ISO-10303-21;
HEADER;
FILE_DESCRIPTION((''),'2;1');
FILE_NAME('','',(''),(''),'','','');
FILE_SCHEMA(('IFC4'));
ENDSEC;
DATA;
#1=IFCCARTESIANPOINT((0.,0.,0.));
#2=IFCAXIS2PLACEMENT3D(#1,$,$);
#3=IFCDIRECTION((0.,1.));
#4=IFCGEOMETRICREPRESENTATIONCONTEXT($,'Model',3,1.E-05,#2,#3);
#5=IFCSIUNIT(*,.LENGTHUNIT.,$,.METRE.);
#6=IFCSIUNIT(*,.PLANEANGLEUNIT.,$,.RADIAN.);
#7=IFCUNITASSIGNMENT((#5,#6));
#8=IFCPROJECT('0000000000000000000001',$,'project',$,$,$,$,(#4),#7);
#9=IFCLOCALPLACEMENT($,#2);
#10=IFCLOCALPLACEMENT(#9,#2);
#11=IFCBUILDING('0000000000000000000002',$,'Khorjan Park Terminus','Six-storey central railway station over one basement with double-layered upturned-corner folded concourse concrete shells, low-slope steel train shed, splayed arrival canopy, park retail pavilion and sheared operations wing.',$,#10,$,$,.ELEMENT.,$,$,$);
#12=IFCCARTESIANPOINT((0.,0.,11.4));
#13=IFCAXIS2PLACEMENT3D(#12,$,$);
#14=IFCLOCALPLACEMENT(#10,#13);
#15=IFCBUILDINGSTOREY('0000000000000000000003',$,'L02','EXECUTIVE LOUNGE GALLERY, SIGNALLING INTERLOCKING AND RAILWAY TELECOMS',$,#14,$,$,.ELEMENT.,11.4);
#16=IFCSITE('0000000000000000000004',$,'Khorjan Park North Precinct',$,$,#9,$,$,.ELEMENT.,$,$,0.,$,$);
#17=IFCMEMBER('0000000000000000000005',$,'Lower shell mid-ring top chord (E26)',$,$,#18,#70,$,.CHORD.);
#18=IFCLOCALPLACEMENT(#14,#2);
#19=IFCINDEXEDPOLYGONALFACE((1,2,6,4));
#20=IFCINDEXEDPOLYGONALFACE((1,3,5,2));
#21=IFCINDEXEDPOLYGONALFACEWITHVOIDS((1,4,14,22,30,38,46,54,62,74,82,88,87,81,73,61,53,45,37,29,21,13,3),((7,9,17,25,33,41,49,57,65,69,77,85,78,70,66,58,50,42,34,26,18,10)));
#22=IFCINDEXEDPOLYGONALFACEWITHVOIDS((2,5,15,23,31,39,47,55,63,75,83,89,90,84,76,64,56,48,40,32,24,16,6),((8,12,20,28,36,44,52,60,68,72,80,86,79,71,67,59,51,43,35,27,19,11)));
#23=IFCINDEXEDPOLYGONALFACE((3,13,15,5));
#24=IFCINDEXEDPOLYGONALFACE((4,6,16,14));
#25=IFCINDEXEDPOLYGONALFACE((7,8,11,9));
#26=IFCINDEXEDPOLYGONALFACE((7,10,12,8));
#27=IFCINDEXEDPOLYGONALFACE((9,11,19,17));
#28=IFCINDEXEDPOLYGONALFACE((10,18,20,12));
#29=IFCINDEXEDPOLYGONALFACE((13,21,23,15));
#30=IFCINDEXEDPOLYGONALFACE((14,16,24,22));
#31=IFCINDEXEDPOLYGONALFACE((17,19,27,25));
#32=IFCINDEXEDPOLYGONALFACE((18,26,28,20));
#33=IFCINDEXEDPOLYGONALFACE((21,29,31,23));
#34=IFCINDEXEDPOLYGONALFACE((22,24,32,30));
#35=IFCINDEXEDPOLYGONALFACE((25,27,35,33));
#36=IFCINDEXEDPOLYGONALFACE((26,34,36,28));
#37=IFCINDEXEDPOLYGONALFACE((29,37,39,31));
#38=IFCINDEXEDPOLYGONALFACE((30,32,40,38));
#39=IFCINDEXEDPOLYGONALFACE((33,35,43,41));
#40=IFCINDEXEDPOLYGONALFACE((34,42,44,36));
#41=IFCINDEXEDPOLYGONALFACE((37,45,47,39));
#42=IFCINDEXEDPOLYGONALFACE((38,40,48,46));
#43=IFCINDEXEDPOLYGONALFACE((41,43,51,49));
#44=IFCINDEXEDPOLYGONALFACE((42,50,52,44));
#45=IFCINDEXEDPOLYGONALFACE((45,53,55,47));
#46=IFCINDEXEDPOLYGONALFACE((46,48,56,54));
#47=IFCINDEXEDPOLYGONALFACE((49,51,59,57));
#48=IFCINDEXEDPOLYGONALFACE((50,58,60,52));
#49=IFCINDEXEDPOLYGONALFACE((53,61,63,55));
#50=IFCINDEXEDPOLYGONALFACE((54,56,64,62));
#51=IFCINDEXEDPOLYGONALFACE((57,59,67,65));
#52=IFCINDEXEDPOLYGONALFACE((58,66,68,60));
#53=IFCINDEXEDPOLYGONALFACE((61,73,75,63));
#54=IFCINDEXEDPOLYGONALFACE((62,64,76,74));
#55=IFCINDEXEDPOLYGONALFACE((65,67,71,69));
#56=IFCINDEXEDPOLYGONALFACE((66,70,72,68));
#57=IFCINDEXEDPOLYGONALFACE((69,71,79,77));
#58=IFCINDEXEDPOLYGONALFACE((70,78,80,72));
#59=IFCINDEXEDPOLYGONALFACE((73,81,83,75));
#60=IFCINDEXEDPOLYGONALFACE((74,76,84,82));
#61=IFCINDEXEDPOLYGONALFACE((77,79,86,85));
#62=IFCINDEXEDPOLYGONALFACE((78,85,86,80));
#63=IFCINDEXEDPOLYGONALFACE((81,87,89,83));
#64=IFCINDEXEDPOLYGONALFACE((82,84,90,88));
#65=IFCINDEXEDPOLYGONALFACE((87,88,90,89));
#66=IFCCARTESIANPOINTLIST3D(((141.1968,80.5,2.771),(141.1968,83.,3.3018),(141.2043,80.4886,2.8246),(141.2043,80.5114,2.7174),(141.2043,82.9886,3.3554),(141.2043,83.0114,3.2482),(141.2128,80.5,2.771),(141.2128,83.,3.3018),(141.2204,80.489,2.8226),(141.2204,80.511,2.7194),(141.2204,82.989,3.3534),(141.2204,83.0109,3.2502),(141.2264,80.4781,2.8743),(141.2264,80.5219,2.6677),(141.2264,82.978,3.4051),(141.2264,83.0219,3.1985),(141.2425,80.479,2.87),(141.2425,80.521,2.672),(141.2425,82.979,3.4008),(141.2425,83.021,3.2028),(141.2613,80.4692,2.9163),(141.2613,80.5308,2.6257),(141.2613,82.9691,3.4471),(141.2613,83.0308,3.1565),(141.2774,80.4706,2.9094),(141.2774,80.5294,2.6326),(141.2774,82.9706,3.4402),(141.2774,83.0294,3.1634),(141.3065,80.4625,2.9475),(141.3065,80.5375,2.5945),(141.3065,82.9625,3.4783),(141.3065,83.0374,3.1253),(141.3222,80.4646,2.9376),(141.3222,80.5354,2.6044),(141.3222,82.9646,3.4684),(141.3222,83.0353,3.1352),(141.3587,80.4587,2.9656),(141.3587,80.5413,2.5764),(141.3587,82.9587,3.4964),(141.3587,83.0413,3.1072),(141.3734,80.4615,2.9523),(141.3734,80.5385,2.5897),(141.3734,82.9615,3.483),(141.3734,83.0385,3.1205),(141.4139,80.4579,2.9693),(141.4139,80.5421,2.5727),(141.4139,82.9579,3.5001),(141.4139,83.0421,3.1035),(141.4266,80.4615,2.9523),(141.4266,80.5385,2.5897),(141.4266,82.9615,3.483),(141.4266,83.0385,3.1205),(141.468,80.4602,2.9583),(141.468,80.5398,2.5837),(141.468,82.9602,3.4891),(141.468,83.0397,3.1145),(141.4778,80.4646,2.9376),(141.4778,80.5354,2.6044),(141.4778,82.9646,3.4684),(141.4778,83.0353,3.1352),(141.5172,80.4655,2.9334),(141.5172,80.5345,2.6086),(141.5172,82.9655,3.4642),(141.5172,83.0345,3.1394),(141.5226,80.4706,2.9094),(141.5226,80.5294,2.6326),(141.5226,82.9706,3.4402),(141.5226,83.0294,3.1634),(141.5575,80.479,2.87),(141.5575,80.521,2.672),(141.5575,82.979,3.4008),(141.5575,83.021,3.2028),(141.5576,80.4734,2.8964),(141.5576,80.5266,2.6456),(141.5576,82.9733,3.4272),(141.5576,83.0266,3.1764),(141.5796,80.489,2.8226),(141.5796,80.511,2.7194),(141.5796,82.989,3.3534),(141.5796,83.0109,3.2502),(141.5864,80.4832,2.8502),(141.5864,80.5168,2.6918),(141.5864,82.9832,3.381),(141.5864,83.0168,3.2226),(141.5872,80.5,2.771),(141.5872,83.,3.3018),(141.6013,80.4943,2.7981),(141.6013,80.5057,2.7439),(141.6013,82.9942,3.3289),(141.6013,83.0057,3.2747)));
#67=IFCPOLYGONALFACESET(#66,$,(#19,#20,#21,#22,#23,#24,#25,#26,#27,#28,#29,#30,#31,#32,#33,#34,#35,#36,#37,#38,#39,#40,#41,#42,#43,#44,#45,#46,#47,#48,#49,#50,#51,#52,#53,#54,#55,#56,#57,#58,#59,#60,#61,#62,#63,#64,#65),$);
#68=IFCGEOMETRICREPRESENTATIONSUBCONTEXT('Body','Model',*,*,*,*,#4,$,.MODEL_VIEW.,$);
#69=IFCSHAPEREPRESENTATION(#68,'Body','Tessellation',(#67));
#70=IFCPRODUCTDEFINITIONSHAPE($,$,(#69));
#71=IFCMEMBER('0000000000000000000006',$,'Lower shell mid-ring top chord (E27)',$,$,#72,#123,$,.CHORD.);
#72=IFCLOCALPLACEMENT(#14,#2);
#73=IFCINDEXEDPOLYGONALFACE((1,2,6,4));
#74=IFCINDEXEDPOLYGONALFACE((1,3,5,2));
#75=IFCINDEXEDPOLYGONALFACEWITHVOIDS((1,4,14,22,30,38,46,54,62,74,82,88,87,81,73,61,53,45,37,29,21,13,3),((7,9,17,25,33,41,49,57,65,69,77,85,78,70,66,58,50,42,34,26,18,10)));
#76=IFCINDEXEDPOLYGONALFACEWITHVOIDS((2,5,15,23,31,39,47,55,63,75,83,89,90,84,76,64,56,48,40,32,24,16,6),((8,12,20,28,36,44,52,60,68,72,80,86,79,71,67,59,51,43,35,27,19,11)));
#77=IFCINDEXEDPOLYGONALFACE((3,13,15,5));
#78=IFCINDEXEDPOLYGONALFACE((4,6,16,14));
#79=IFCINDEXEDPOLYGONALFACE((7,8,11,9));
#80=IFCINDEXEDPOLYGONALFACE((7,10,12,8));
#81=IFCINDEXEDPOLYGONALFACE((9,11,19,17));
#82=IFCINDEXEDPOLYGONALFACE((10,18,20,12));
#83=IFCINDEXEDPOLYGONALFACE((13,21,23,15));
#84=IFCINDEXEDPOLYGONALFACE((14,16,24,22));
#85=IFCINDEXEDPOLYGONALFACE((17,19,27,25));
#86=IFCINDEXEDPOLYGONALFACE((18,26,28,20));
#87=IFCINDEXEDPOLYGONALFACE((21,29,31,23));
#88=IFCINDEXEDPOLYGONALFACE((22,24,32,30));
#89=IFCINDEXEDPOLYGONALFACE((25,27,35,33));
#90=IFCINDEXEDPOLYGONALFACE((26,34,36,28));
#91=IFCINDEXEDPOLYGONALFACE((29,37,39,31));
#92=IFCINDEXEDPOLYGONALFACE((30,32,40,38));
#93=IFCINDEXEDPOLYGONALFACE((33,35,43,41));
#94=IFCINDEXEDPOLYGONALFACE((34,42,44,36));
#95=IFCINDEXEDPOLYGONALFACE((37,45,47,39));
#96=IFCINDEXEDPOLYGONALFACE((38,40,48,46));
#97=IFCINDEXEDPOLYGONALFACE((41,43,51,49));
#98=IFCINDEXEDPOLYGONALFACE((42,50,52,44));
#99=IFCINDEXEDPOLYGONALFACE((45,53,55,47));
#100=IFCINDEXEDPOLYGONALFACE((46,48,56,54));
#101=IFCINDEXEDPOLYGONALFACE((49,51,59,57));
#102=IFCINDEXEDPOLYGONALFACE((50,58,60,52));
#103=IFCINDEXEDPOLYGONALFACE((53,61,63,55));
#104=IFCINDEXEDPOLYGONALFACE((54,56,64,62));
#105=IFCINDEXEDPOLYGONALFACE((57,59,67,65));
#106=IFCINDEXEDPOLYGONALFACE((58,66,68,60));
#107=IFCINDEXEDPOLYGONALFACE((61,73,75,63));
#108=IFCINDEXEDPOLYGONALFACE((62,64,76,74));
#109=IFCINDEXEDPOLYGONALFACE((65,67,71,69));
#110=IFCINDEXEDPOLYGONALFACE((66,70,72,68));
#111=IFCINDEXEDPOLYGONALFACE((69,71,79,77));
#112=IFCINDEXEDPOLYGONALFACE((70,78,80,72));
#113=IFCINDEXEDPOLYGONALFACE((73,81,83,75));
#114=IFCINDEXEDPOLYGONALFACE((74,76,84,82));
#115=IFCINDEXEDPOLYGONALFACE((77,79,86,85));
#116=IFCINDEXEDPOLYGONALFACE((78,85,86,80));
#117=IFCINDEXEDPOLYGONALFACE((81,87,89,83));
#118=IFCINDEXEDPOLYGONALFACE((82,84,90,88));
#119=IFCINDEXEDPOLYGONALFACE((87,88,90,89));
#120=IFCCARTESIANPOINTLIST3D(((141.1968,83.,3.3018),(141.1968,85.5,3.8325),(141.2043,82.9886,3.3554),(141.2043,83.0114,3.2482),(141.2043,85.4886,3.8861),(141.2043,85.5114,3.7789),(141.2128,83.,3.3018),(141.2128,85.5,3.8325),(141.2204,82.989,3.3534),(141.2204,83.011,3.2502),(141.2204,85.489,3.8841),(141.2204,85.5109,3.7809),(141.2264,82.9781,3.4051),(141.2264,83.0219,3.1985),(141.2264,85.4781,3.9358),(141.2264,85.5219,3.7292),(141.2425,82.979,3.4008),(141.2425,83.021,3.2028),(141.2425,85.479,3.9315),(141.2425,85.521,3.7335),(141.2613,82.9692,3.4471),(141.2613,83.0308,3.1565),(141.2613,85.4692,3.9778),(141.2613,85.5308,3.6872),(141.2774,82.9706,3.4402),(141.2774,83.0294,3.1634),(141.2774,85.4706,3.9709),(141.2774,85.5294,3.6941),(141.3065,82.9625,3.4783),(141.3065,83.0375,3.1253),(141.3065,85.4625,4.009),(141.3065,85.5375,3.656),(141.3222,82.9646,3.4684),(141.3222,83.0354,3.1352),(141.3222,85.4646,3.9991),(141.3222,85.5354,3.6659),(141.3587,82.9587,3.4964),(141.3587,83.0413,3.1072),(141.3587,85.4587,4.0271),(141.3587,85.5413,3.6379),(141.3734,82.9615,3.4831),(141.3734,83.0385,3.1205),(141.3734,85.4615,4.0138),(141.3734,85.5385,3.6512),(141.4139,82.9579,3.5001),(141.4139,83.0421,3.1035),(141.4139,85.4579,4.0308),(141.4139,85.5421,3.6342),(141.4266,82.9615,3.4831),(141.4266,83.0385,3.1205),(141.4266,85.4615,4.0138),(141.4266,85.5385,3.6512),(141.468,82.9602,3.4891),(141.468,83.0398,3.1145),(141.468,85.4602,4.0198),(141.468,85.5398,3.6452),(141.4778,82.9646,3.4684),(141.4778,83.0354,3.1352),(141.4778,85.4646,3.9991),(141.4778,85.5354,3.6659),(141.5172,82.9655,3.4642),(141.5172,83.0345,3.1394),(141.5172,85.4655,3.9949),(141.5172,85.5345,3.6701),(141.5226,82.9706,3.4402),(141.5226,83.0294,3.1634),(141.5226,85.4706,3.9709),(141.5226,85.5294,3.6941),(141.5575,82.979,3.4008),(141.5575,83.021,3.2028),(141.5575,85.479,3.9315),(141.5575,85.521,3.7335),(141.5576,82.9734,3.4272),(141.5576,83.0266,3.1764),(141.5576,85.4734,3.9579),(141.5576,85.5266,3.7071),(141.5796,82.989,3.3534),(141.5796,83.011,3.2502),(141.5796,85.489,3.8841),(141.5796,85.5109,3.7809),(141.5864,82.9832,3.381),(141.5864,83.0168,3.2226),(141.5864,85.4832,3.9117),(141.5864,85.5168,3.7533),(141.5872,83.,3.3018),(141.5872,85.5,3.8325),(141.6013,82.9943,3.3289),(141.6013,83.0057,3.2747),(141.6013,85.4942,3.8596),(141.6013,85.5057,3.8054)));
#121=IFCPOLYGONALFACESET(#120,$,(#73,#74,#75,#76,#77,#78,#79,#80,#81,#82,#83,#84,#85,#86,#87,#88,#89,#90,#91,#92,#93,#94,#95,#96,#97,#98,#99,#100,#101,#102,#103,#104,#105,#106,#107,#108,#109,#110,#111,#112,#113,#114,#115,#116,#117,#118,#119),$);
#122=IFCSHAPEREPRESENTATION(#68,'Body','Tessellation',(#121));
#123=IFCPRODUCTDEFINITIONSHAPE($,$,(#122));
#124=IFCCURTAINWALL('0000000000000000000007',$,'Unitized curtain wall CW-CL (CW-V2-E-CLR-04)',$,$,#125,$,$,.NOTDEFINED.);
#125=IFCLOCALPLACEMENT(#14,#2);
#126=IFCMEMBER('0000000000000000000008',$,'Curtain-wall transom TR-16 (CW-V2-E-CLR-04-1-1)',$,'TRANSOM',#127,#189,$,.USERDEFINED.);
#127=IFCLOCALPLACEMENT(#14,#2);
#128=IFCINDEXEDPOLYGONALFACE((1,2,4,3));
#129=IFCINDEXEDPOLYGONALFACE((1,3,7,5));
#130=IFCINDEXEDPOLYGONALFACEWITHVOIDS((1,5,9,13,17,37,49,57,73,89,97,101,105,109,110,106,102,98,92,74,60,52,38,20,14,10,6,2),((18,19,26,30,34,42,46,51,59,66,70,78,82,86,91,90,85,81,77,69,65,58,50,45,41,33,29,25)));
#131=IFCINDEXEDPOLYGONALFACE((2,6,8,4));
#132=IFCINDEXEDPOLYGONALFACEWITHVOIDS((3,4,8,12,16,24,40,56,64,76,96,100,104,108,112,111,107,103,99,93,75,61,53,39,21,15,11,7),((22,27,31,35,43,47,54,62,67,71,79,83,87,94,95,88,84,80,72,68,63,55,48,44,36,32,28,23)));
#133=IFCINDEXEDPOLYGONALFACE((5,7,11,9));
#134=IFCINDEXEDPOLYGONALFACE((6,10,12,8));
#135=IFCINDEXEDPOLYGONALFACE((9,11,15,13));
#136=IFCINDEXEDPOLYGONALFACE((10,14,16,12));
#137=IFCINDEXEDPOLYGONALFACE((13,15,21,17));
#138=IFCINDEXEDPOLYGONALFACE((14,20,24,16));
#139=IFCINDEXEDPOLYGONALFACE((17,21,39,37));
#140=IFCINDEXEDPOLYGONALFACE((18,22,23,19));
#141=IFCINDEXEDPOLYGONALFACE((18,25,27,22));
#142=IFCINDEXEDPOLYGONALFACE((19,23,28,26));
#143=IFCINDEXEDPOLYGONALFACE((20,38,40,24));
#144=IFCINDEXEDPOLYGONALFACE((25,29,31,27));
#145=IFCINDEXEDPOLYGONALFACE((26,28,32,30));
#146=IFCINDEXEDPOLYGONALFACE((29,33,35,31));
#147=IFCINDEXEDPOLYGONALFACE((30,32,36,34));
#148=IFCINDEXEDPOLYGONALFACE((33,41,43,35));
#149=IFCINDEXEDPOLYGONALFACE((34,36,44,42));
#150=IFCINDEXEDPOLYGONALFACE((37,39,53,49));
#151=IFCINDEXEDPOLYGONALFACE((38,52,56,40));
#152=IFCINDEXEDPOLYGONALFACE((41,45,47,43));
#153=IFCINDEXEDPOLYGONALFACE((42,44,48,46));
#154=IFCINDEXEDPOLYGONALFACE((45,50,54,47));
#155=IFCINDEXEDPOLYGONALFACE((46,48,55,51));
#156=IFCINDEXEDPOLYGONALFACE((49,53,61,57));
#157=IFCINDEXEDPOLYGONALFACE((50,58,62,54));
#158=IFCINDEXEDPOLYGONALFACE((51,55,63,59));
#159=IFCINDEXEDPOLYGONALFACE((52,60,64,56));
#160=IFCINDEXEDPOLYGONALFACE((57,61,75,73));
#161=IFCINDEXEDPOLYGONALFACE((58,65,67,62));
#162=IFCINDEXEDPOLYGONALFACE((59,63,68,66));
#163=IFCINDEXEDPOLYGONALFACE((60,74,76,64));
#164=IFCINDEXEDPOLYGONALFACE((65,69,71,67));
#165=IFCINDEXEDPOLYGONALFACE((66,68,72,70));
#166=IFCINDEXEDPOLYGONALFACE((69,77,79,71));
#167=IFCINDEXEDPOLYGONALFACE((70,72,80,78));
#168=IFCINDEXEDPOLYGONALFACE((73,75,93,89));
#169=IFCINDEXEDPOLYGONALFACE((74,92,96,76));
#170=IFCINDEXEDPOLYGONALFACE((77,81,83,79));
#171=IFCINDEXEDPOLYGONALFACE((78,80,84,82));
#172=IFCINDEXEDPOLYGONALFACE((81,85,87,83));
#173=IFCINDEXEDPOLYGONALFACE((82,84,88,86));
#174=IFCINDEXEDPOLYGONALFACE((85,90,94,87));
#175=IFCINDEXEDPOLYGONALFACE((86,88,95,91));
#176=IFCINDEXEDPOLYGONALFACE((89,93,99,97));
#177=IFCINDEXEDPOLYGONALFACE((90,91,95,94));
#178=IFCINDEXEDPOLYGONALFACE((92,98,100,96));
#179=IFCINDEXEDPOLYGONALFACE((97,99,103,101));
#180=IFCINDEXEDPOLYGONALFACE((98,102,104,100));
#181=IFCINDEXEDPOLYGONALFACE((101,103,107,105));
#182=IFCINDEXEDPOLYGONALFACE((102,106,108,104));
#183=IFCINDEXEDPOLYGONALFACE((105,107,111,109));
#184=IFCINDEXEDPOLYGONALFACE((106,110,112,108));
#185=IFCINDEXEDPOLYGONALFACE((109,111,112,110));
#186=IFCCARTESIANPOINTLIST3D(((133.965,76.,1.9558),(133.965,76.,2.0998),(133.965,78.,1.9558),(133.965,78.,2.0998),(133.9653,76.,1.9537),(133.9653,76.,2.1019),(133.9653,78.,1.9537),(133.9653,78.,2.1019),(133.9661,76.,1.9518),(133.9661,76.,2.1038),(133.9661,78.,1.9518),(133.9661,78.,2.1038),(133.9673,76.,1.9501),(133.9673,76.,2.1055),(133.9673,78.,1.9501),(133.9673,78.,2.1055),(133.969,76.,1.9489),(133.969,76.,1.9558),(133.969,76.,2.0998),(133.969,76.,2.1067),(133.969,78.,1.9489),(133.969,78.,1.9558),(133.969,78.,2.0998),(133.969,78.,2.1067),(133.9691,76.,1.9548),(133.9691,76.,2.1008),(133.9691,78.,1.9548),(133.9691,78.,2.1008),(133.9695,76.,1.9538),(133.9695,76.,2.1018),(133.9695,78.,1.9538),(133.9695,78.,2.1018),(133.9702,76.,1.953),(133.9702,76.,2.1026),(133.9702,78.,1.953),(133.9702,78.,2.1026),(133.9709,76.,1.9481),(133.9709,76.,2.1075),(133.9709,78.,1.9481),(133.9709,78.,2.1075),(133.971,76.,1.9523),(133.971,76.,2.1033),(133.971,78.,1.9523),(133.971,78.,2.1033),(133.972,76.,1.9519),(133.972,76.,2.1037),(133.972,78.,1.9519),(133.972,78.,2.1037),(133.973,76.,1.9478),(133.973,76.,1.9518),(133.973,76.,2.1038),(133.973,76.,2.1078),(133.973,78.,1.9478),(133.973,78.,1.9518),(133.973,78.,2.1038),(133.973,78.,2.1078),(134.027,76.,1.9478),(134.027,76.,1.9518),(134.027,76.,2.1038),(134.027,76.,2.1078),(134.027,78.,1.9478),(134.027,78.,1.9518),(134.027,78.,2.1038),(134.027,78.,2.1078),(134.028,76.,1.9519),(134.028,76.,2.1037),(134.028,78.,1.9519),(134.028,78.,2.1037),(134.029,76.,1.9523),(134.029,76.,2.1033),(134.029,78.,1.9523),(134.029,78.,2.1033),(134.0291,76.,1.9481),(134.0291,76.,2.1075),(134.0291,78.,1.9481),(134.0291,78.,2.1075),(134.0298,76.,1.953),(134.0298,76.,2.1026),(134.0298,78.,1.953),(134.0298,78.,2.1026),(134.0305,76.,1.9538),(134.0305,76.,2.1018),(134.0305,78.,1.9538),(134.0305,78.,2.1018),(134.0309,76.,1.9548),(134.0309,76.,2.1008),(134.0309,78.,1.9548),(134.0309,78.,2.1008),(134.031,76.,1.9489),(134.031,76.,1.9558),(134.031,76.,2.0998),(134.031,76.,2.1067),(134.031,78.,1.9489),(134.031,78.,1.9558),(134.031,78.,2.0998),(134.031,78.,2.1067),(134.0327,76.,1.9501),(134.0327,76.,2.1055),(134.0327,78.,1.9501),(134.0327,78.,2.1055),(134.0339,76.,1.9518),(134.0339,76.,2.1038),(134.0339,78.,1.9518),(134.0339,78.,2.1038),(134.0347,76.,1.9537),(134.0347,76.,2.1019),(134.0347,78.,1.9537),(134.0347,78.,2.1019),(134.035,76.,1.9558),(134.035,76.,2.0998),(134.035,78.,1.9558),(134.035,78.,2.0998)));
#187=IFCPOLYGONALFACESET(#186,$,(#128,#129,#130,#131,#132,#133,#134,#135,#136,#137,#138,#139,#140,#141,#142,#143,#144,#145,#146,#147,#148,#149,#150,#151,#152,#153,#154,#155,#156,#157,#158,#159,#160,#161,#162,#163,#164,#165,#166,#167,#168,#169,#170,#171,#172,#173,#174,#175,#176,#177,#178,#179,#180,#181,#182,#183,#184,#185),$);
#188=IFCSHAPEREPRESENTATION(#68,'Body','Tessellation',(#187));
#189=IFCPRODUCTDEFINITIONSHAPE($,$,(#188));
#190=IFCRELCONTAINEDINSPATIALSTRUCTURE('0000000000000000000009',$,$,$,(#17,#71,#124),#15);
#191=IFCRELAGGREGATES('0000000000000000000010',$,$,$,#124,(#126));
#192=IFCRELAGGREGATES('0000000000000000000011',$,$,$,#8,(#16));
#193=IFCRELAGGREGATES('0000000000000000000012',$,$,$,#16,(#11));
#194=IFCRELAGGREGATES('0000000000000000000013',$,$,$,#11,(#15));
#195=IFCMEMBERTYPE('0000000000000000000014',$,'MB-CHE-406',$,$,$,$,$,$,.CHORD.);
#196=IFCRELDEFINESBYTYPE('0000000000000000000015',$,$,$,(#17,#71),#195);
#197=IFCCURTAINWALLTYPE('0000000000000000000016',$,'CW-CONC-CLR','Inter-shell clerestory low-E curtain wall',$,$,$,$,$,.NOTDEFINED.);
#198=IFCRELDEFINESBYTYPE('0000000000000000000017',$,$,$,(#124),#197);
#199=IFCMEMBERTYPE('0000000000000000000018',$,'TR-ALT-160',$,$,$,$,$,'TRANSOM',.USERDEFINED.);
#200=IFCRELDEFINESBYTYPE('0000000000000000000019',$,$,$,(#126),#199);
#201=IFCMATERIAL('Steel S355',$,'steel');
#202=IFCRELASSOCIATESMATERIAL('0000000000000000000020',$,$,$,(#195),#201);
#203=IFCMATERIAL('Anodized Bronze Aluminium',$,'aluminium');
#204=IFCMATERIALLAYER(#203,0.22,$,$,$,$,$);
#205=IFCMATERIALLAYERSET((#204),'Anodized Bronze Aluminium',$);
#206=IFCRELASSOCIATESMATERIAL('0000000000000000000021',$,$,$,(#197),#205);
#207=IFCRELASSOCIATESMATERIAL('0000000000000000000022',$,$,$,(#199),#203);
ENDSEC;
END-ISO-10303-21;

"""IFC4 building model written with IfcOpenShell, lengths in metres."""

from ifc_helpers import new_model, si_unit, direction, frame, origin, origin_2d, place, context, subcontext, project, spatial, hollow_rectangle, hollow_circle, extrude, material, layer, layer_set, material_profile, profile_set, type_object, element, aggregate, save


model = new_model("IFC4")

# Units and contexts
model_context = context("Model", 3, precision=1e-05, world=origin(), true_north=direction((0.0, 1.0)))
body_context = subcontext(model_context, "Body", "Model", "MODEL_VIEW")
ifc_project = project(units=[si_unit("LENGTHUNIT", "METRE"), si_unit("PLANEANGLEUNIT", "RADIAN")], contexts=[model_context])

# Site, building, storey
site_placement = place(None, origin())
site = spatial("IfcSite", under=ifc_project, at=site_placement, Name="Khorjan Park North Precinct", CompositionType="ELEMENT", RefElevation=0.0)
building_placement = place(site_placement, origin())
building = spatial("IfcBuilding", under=site, at=building_placement, Name="Khorjan Park Terminus", Description="Six-storey central railway station over one basement with double-layered upturned-corner folded concourse concrete shells, low-slope steel train shed, splayed arrival canopy, park retail pavilion and sheared operations wing.", CompositionType="ELEMENT")
storey_placement = place(building_placement, frame((0.0, 0.0, 11.4)))
storey = spatial("IfcBuildingStorey", under=building, at=storey_placement, Name="L02", Description="EXECUTIVE LOUNGE GALLERY, SIGNALLING INTERLOCKING AND RAILWAY TELECOMS", CompositionType="ELEMENT", Elevation=11.4)

# Members
ifc_material_1 = material(Name="Steel S355", Category="steel")
ifc_material_profile_1 = material_profile(ifc_material_1, hollow_circle(Radius=0.2032, WallThickness=0.016, at=origin_2d()), Name="CHS 406.4x16")
ifc_profile_set_1 = profile_set([ifc_material_profile_1], Name="Steel S355")
member_type_1 = type_object("IfcMemberType", Name="MB-CHE-406", PredefinedType="CHORD", material=ifc_profile_set_1)
for number, where, z_axis, x_axis, name in (
    (1, (141.4, 80.5, 2.771), (0.0, 0.978195, 0.20769), (-1.0, 0.0, 0.0), "Lower shell mid-ring top chord (E26)"),
    (2, (141.4, 83.0, 3.3018), (0.0, 0.978203, 0.207653), (-1.0, 0.0, 0.0), "Lower shell mid-ring top chord (E27)"),
):
    element("IfcMember", number, at=place(storey_placement, frame(where, z_axis=z_axis, x_axis=x_axis)), inside=storey, type_object=member_type_1, Name=name, PredefinedType="CHORD", context=body_context, shape_type="SweptSolid", body=[
        extrude(hollow_circle(Radius=0.2032, WallThickness=0.016, at=origin_2d()), origin(), (0.0, 0.0, 1.0), 2.5557),
    ])

# Curtain wall, member
ifc_material_2 = material(Name="Anodized Bronze Aluminium", Category="aluminium")
ifc_layer_1 = layer(ifc_material_2, 0.22)
ifc_layer_set_1 = layer_set([ifc_layer_1], Name="Anodized Bronze Aluminium")
curtain_wall_type = type_object("IfcCurtainWallType", Name="CW-CONC-CLR", Description="Inter-shell clerestory low-E curtain wall", PredefinedType="NOTDEFINED", material=ifc_layer_set_1)
curtain_wall_placement = place(storey_placement, origin())
curtain_wall = element("IfcCurtainWall", 3, at=curtain_wall_placement, inside=storey, type_object=curtain_wall_type, Name="Unitized curtain wall CW-CL (CW-V2-E-CLR-04)", PredefinedType="NOTDEFINED")
ifc_material_profile_2 = material_profile(ifc_material_2, hollow_rectangle(XDim=0.07, YDim=0.16, WallThickness=0.004, InnerFilletRadius=0.004, OuterFilletRadius=0.008, at=origin_2d()), Name="ALT 70x160x4")
ifc_profile_set_2 = profile_set([ifc_material_profile_2], Name="Anodized Bronze Aluminium")
member_type_2 = type_object("IfcMemberType", Name="TR-ALT-160", ElementType="TRANSOM", PredefinedType="USERDEFINED", material=ifc_profile_set_2)
member_1_placement = place(storey_placement, frame((134.0, 76.0, 2.0278), z_axis=(0.0, 1.0, 0.0), x_axis=(-1.0, 0.0, 0.0)))
member_1 = element("IfcMember", 4, at=member_1_placement, type_object=member_type_2, Name="Curtain-wall transom TR-16 (CW-V2-E-CLR-04-1-1)", ObjectType="TRANSOM", PredefinedType="USERDEFINED", context=body_context, shape_type="SweptSolid", body=[
    extrude(hollow_rectangle(XDim=0.07, YDim=0.16, WallThickness=0.004, InnerFilletRadius=0.004, OuterFilletRadius=0.008, at=origin_2d()), origin(), (0.0, 0.0, 1.0), 2.0),
])

aggregate(curtain_wall, [member_1])

save(model, "model.ifc")
